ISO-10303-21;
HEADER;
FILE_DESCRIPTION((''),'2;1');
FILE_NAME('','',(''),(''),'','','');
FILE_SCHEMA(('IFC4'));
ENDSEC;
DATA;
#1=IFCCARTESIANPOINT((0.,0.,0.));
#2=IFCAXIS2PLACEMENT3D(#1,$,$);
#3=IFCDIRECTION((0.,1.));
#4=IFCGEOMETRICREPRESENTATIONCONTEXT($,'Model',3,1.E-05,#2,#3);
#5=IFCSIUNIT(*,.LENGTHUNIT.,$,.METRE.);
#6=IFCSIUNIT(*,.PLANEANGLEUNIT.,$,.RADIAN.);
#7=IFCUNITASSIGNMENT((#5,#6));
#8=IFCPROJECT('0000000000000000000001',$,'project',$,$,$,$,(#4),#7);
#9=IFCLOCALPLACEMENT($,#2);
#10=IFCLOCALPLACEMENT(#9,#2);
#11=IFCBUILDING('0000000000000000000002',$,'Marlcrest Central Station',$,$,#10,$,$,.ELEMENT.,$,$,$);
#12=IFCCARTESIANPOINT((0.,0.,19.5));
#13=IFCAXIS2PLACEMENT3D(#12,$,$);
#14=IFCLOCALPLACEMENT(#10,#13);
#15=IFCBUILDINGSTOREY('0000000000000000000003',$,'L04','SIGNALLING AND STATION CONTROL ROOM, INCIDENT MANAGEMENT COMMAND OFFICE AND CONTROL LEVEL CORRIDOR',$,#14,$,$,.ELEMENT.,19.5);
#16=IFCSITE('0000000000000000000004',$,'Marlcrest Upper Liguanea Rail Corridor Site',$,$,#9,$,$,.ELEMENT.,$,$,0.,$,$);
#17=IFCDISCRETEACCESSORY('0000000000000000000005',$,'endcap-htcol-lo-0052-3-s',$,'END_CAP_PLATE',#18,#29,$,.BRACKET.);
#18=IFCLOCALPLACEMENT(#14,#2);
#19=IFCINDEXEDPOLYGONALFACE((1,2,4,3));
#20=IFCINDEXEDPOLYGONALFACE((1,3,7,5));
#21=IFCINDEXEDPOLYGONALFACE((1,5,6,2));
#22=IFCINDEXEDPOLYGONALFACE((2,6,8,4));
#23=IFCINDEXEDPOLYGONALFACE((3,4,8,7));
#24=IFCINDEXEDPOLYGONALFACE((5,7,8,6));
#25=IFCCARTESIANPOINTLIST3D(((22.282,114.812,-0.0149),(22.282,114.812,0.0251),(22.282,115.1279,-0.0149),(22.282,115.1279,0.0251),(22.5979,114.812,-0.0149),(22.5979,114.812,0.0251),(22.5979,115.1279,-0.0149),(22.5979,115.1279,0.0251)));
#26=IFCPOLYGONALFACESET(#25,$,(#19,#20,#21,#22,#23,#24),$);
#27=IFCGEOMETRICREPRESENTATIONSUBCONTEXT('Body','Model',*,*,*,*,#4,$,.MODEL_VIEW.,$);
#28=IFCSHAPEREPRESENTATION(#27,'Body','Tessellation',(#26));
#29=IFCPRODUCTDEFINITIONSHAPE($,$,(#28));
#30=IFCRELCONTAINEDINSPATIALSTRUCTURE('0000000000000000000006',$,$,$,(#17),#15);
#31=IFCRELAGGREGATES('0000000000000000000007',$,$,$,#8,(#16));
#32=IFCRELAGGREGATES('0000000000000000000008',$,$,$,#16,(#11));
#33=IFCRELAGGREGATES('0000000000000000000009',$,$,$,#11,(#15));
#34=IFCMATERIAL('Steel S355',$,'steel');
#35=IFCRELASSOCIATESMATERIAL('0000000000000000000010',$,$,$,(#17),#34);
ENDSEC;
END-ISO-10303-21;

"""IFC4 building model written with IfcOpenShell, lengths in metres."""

from ifc_helpers import new_model, si_unit, direction, frame, origin, origin_2d, place, context, subcontext, project, spatial, rectangle, extrude, material, element, save


model = new_model("IFC4")

# Units and contexts
model_context = context("Model", 3, precision=1e-05, world=origin(), true_north=direction((0.0, 1.0)))
body_context = subcontext(model_context, "Body", "Model", "MODEL_VIEW")
ifc_project = project(units=[si_unit("LENGTHUNIT", "METRE"), si_unit("PLANEANGLEUNIT", "RADIAN")], contexts=[model_context])

# Site, building, storey
site_placement = place(None, origin())
site = spatial("IfcSite", under=ifc_project, at=site_placement, Name="Marlcrest Upper Liguanea Rail Corridor Site", CompositionType="ELEMENT", RefElevation=0.0)
building_placement = place(site_placement, origin())
building = spatial("IfcBuilding", under=site, at=building_placement, Name="Marlcrest Central Station", CompositionType="ELEMENT")
storey_placement = place(building_placement, frame((0.0, 0.0, 19.5)))
storey = spatial("IfcBuildingStorey", under=building, at=storey_placement, Name="L04", Description="SIGNALLING AND STATION CONTROL ROOM, INCIDENT MANAGEMENT COMMAND OFFICE AND CONTROL LEVEL CORRIDOR", CompositionType="ELEMENT", Elevation=19.5)

# Shared definitions
ifc_material_1 = material(Name="Steel S355", Category="steel")

# Discrete accessory
for number, where, z_axis, x_axis, name in (
    (1, (22.4399, 114.97, -0.0149), (0.0, 0.0, 1.0), (1.0, 0.0, 0.0), "endcap-htcol-lo-0052-3-s"),
):
    element("IfcDiscreteAccessory", number, at=place(storey_placement, frame(where, z_axis=z_axis, x_axis=x_axis)), inside=storey, material=ifc_material_1, Name=name, ObjectType="END_CAP_PLATE", PredefinedType="BRACKET", context=body_context, shape_type="SweptSolid", body=[
        extrude(rectangle(XDim=0.3159, YDim=0.3159, at=origin_2d()), origin(), (0.0, 0.0, 1.0), 0.04),
    ])

save(model, "model.ifc")
